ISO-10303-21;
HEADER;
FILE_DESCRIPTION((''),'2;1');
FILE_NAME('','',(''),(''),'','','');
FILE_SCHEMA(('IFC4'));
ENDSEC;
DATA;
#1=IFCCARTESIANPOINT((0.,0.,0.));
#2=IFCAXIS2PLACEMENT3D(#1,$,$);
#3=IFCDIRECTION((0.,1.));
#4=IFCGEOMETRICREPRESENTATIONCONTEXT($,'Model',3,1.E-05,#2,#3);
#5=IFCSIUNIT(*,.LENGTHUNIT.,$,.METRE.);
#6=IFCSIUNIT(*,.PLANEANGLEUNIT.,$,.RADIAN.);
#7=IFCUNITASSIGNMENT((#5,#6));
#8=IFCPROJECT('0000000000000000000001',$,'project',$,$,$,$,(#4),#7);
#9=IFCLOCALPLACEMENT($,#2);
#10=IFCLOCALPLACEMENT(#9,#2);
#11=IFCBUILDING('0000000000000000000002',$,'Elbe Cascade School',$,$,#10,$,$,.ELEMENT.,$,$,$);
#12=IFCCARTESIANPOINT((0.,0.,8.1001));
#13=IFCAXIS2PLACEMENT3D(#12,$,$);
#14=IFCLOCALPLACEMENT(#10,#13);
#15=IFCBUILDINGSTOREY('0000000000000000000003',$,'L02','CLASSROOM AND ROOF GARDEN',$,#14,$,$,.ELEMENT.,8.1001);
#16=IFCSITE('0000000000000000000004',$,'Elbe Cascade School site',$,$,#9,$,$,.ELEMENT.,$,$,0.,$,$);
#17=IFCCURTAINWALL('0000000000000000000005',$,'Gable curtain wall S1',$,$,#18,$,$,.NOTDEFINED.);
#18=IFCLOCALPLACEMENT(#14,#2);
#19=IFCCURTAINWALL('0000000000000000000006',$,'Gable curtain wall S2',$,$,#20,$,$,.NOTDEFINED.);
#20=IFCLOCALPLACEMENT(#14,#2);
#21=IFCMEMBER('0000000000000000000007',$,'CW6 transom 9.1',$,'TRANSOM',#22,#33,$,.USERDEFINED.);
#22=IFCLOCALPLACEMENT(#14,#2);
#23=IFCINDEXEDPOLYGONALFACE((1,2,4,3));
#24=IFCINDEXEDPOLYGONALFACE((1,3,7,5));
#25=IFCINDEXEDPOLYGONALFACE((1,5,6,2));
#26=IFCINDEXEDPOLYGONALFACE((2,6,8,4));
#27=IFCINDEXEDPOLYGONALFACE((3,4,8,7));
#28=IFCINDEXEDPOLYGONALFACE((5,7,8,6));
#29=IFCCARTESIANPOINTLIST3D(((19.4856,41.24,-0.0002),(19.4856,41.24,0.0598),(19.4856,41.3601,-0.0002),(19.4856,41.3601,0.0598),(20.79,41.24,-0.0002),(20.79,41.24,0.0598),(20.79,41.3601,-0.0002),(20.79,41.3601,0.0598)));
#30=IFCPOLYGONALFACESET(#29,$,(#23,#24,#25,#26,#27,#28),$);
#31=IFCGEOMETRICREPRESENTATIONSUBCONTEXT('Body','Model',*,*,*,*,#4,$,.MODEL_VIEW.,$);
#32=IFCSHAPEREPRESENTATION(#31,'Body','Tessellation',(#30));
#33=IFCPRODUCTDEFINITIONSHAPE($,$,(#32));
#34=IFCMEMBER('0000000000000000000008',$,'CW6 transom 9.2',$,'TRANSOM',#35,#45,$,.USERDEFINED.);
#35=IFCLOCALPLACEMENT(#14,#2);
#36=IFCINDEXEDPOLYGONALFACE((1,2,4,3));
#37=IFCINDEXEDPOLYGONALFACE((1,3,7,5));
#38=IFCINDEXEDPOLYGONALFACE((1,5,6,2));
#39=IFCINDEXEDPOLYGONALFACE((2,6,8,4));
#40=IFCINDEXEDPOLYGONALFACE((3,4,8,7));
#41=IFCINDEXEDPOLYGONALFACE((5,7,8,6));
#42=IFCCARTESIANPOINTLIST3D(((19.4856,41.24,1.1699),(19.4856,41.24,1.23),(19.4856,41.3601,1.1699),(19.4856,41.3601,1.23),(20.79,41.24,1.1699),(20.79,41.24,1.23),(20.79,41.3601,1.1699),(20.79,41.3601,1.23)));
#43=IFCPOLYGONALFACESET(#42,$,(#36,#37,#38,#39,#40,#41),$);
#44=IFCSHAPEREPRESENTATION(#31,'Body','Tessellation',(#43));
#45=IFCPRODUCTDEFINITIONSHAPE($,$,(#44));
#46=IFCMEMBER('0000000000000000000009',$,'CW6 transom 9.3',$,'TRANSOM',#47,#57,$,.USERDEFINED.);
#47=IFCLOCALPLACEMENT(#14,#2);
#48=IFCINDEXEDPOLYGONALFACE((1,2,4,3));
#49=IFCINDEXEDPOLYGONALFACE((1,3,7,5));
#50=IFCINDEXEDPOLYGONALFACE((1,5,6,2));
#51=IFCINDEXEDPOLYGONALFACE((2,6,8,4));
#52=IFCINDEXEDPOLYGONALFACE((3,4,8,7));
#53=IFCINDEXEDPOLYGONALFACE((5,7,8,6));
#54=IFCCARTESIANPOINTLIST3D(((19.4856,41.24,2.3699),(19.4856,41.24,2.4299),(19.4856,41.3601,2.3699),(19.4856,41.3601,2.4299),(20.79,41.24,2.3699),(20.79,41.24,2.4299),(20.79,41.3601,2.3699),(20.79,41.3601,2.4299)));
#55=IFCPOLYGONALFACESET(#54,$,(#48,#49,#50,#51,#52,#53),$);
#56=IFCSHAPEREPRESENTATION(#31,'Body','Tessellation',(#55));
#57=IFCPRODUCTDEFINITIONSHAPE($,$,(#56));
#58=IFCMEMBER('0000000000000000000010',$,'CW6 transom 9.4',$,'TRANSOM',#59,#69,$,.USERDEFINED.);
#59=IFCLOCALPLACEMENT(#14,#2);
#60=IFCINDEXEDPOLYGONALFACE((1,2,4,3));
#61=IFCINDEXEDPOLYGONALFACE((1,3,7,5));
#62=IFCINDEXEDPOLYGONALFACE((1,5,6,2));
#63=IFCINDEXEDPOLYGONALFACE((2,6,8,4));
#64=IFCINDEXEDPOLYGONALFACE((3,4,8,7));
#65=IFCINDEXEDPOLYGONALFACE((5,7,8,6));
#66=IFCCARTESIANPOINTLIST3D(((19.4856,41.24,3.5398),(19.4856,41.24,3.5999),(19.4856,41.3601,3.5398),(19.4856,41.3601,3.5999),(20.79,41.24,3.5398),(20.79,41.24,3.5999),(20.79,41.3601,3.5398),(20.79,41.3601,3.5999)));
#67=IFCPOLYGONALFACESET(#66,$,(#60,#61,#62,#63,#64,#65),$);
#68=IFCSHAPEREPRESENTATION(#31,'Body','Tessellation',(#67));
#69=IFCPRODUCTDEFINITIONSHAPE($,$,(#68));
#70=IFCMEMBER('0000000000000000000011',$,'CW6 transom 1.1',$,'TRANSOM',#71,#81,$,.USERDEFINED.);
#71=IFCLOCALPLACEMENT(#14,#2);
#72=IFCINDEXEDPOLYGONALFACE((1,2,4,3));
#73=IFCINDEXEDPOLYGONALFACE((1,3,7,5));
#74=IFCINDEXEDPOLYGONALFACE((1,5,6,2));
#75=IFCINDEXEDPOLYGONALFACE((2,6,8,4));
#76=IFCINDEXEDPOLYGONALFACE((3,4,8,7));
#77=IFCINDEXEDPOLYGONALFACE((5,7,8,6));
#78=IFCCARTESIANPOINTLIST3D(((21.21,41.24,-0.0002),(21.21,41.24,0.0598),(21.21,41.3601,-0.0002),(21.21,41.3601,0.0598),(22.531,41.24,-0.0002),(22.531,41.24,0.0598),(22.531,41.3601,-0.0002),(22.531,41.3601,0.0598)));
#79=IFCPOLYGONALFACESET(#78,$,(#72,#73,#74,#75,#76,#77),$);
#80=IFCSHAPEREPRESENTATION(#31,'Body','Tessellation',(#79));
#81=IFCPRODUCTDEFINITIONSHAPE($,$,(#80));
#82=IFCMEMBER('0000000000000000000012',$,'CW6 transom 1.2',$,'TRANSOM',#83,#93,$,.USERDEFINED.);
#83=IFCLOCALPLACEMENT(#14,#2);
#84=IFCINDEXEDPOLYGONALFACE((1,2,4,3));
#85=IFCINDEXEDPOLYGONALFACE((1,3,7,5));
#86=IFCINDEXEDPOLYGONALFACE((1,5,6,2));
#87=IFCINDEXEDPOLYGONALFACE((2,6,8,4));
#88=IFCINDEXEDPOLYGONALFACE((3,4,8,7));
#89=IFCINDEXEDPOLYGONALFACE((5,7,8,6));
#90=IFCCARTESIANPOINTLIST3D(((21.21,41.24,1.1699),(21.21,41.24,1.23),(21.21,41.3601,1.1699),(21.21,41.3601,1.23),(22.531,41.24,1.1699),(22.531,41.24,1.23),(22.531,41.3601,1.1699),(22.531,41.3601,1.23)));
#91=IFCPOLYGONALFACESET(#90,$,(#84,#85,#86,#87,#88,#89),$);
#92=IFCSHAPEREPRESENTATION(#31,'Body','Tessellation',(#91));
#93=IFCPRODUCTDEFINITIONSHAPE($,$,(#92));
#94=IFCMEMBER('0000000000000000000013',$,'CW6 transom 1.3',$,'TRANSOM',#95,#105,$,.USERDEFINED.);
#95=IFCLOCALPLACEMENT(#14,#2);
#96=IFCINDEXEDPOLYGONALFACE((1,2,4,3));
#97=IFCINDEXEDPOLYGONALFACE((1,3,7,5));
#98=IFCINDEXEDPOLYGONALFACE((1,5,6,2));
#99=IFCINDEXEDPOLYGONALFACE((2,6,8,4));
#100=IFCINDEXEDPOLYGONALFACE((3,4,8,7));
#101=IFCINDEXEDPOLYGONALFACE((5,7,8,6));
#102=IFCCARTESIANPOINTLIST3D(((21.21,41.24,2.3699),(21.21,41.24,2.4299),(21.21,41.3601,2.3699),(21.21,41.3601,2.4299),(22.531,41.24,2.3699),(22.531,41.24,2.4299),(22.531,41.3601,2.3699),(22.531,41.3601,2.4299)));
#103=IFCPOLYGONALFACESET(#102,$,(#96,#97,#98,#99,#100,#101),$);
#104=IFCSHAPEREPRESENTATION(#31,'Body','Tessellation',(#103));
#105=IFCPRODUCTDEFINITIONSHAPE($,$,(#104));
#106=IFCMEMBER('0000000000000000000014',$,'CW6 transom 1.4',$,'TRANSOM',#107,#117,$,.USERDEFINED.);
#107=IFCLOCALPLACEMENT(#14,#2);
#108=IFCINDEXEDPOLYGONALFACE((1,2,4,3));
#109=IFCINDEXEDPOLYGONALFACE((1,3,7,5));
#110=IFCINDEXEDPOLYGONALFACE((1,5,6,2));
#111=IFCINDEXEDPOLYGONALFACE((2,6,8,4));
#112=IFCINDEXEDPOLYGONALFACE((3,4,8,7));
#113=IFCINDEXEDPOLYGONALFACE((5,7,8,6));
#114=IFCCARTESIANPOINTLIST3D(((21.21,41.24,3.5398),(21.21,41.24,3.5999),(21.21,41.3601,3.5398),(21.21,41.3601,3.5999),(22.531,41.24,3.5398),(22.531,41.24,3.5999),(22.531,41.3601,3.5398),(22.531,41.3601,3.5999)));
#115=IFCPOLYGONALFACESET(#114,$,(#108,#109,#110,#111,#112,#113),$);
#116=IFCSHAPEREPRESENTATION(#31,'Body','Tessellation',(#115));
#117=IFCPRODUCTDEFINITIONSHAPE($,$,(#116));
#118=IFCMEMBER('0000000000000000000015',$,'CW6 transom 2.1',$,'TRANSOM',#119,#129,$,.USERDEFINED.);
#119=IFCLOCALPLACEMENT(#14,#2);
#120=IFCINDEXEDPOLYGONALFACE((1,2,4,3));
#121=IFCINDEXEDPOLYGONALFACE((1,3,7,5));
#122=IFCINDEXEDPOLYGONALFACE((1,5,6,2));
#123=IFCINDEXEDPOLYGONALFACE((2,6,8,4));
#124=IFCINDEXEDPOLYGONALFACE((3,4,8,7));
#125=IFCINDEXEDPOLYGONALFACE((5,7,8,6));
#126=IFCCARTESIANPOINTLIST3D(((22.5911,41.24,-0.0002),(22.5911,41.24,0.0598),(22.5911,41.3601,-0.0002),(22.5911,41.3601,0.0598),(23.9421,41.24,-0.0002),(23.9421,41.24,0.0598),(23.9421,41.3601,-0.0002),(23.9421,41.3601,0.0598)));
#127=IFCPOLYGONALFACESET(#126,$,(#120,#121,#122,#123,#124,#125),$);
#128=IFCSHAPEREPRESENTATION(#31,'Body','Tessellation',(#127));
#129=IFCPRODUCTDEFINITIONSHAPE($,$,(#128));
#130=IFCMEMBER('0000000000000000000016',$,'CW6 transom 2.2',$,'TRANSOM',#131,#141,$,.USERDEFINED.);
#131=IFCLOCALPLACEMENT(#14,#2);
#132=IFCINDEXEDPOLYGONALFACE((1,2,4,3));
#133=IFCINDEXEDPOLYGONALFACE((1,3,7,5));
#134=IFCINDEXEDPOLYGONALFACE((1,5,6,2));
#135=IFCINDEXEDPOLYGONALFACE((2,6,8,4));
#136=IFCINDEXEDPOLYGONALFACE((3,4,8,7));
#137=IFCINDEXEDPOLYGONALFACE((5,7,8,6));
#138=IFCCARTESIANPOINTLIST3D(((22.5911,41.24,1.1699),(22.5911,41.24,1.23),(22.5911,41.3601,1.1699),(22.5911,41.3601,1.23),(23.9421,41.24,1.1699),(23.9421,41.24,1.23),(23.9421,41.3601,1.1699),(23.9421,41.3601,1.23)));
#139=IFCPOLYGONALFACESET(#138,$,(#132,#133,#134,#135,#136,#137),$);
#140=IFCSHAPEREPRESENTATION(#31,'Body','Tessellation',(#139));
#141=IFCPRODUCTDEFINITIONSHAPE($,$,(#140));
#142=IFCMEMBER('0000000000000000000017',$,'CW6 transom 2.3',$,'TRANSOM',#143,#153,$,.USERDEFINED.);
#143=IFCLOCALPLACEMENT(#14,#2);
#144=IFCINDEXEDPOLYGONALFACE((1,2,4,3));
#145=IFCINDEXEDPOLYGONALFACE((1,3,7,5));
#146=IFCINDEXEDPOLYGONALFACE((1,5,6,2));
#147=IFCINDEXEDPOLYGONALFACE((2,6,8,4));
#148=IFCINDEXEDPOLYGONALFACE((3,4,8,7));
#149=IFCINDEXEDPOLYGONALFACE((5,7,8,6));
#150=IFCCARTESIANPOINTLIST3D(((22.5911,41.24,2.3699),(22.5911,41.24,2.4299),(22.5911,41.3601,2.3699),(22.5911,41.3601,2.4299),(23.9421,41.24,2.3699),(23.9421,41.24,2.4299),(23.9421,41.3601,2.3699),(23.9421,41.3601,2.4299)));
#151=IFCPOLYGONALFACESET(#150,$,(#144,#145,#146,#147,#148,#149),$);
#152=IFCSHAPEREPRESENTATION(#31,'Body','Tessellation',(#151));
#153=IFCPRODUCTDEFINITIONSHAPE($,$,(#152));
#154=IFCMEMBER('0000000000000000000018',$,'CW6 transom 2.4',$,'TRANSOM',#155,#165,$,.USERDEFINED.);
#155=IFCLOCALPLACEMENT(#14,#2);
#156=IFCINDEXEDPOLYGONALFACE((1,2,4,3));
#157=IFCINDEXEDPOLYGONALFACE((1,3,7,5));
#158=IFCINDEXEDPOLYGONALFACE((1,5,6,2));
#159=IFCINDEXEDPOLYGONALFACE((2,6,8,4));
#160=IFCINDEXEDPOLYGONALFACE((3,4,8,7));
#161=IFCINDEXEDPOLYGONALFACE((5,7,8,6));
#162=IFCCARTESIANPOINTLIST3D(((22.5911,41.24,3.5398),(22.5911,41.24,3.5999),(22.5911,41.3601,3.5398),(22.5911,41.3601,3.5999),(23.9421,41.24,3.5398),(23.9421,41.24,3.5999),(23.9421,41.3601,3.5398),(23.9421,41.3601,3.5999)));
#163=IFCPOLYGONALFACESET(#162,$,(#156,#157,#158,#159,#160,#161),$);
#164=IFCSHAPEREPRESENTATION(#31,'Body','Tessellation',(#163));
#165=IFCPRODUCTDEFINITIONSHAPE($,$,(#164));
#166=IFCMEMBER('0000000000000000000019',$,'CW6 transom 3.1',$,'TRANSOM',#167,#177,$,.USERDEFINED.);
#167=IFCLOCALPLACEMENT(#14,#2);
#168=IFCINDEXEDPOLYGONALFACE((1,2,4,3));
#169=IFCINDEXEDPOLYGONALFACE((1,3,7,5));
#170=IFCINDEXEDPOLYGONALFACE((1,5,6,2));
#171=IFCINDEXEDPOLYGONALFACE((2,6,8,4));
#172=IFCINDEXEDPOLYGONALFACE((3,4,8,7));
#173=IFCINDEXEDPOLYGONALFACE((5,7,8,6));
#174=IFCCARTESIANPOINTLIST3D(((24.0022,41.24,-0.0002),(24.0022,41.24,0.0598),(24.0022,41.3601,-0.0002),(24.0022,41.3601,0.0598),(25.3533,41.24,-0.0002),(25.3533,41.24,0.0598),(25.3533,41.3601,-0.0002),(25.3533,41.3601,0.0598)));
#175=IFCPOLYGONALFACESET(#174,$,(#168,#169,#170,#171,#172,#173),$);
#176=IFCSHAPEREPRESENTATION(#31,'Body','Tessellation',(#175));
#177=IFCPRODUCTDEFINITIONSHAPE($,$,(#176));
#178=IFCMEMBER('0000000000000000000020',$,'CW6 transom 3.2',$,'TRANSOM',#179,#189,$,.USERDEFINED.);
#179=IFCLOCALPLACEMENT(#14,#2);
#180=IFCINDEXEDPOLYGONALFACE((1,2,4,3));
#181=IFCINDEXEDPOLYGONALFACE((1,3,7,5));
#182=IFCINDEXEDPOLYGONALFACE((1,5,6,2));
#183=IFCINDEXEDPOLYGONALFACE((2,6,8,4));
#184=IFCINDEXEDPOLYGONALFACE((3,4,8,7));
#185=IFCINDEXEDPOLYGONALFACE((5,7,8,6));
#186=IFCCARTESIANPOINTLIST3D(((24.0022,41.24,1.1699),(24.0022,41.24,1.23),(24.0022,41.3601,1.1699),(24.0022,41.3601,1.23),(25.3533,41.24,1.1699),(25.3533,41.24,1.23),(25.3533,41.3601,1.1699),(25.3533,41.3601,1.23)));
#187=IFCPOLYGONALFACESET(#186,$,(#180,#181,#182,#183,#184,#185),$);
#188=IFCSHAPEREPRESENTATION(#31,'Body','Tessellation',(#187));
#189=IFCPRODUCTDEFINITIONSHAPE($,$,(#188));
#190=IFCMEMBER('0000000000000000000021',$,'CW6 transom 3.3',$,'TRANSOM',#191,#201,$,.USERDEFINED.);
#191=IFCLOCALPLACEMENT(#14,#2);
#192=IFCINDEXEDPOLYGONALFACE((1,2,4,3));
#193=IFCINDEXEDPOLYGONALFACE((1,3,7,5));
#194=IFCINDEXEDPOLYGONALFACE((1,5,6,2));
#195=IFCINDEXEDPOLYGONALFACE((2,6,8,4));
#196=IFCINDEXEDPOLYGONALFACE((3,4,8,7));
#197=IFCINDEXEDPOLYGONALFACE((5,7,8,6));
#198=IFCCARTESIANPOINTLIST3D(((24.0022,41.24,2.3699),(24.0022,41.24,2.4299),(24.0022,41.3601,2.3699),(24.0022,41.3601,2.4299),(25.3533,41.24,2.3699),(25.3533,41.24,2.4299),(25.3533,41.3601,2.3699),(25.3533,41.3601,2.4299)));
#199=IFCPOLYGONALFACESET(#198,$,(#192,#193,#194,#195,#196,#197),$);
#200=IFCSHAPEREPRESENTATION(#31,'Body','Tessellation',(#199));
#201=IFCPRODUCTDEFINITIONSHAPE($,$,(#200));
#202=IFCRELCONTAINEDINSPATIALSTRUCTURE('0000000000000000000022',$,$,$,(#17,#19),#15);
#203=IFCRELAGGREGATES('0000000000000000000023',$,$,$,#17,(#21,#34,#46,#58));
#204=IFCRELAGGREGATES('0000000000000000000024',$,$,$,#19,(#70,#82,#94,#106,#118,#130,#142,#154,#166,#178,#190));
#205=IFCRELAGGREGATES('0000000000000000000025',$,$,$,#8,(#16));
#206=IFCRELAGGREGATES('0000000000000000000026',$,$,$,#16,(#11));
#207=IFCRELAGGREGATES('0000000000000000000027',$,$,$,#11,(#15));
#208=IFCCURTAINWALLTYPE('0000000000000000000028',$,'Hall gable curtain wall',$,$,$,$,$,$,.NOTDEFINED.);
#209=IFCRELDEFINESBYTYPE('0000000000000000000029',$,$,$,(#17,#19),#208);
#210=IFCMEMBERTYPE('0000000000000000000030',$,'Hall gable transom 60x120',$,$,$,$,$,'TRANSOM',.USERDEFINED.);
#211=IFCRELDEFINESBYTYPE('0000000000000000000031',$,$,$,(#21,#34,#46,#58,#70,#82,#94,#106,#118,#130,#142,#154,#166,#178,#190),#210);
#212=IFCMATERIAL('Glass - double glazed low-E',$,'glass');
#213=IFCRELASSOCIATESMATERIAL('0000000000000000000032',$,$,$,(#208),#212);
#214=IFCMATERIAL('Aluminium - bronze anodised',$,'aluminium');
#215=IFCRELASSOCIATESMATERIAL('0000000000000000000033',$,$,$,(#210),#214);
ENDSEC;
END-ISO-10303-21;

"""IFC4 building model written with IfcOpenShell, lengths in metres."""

from ifc_helpers import new_model, si_unit, direction, frame, origin, origin_2d, place, context, subcontext, project, spatial, rectangle, extrude, material, material_profile, profile_set, type_object, element, aggregate, save


model = new_model("IFC4")

# Units and contexts
model_context = context("Model", 3, precision=1e-05, world=origin(), true_north=direction((0.0, 1.0)))
body_context = subcontext(model_context, "Body", "Model", "MODEL_VIEW")
ifc_project = project(units=[si_unit("LENGTHUNIT", "METRE"), si_unit("PLANEANGLEUNIT", "RADIAN")], contexts=[model_context])

# Site, building, storey
site_placement = place(None, origin())
site = spatial("IfcSite", under=ifc_project, at=site_placement, Name="Elbe Cascade School site", CompositionType="ELEMENT", RefElevation=0.0)
building_placement = place(site_placement, origin())
building = spatial("IfcBuilding", under=site, at=building_placement, Name="Elbe Cascade School", CompositionType="ELEMENT")
storey_placement = place(building_placement, frame((0.0, 0.0, 8.1001)))
storey = spatial("IfcBuildingStorey", under=building, at=storey_placement, Name="L02", Description="CLASSROOM AND ROOF GARDEN", CompositionType="ELEMENT", Elevation=8.1001)

# Curtain walls
ifc_material_1 = material(Name="Glass - double glazed low-E", Category="glass")
curtain_wall_type = type_object("IfcCurtainWallType", Name="Hall gable curtain wall", PredefinedType="NOTDEFINED", material=ifc_material_1)
curtain_wall_1_placement = place(storey_placement, origin())
curtain_wall_1 = element("IfcCurtainWall", 1, at=curtain_wall_1_placement, inside=storey, type_object=curtain_wall_type, Name="Gable curtain wall S1", PredefinedType="NOTDEFINED")
curtain_wall_2_placement = place(storey_placement, origin())
curtain_wall_2 = element("IfcCurtainWall", 2, at=curtain_wall_2_placement, inside=storey, type_object=curtain_wall_type, Name="Gable curtain wall S2", PredefinedType="NOTDEFINED")

# Members
ifc_material_2 = material(Name="Aluminium - bronze anodised", Category="aluminium")
ifc_material_profile_1 = material_profile(ifc_material_2, rectangle(XDim=0.1201, YDim=0.0601, at=origin_2d()), Name="Alu 60x120")
ifc_profile_set_1 = profile_set([ifc_material_profile_1], Name="Aluminium - bronze anodised")
member_type_1 = type_object("IfcMemberType", Name="Hall gable transom 60x120", ElementType="TRANSOM", PredefinedType="USERDEFINED", material=ifc_profile_set_1)
member_1_placement = place(storey_placement, frame((19.4856, 41.3, 0.0298), z_axis=(1.0, 0.0, 0.0), x_axis=(0.0, 1.0, 0.0)))
member_1 = element("IfcMember", 3, at=member_1_placement, type_object=member_type_1, Name="CW6 transom 9.1", ObjectType="TRANSOM", PredefinedType="USERDEFINED", context=body_context, shape_type="SweptSolid", body=[
    extrude(rectangle(XDim=0.1201, YDim=0.0601, at=origin_2d()), origin(), (0.0, 0.0, 1.0), 1.3044),
])
member_2_placement = place(storey_placement, frame((19.4856, 41.3, 1.2), z_axis=(1.0, 0.0, 0.0), x_axis=(0.0, 1.0, 0.0)))
member_2 = element("IfcMember", 4, at=member_2_placement, type_object=member_type_1, Name="CW6 transom 9.2", ObjectType="TRANSOM", PredefinedType="USERDEFINED", context=body_context, shape_type="SweptSolid", body=[
    extrude(rectangle(XDim=0.1201, YDim=0.0601, at=origin_2d()), origin(), (0.0, 0.0, 1.0), 1.3044),
])
member_3_placement = place(storey_placement, frame((19.4856, 41.3, 2.3999), z_axis=(1.0, 0.0, 0.0), x_axis=(0.0, 1.0, 0.0)))
member_3 = element("IfcMember", 5, at=member_3_placement, type_object=member_type_1, Name="CW6 transom 9.3", ObjectType="TRANSOM", PredefinedType="USERDEFINED", context=body_context, shape_type="SweptSolid", body=[
    extrude(rectangle(XDim=0.1201, YDim=0.0601, at=origin_2d()), origin(), (0.0, 0.0, 1.0), 1.3044),
])
member_4_placement = place(storey_placement, frame((19.4856, 41.3, 3.5698), z_axis=(1.0, 0.0, 0.0), x_axis=(0.0, 1.0, 0.0)))
member_4 = element("IfcMember", 6, at=member_4_placement, type_object=member_type_1, Name="CW6 transom 9.4", ObjectType="TRANSOM", PredefinedType="USERDEFINED", context=body_context, shape_type="SweptSolid", body=[
    extrude(rectangle(XDim=0.1201, YDim=0.0601, at=origin_2d()), origin(), (0.0, 0.0, 1.0), 1.3044),
])
member_5_placement = place(storey_placement, frame((21.21, 41.3, 0.0298), z_axis=(1.0, 0.0, 0.0), x_axis=(0.0, 1.0, 0.0)))
member_5 = element("IfcMember", 7, at=member_5_placement, type_object=member_type_1, Name="CW6 transom 1.1", ObjectType="TRANSOM", PredefinedType="USERDEFINED", context=body_context, shape_type="SweptSolid", body=[
    extrude(rectangle(XDim=0.1201, YDim=0.0601, at=origin_2d()), origin(), (0.0, 0.0, 1.0), 1.321),
])
member_6_placement = place(storey_placement, frame((21.21, 41.3, 1.2), z_axis=(1.0, 0.0, 0.0), x_axis=(0.0, 1.0, 0.0)))
member_6 = element("IfcMember", 8, at=member_6_placement, type_object=member_type_1, Name="CW6 transom 1.2", ObjectType="TRANSOM", PredefinedType="USERDEFINED", context=body_context, shape_type="SweptSolid", body=[
    extrude(rectangle(XDim=0.1201, YDim=0.0601, at=origin_2d()), origin(), (0.0, 0.0, 1.0), 1.321),
])
member_7_placement = place(storey_placement, frame((21.21, 41.3, 2.3999), z_axis=(1.0, 0.0, 0.0), x_axis=(0.0, 1.0, 0.0)))
member_7 = element("IfcMember", 9, at=member_7_placement, type_object=member_type_1, Name="CW6 transom 1.3", ObjectType="TRANSOM", PredefinedType="USERDEFINED", context=body_context, shape_type="SweptSolid", body=[
    extrude(rectangle(XDim=0.1201, YDim=0.0601, at=origin_2d()), origin(), (0.0, 0.0, 1.0), 1.321),
])
member_8_placement = place(storey_placement, frame((21.21, 41.3, 3.5698), z_axis=(1.0, 0.0, 0.0), x_axis=(0.0, 1.0, 0.0)))
member_8 = element("IfcMember", 10, at=member_8_placement, type_object=member_type_1, Name="CW6 transom 1.4", ObjectType="TRANSOM", PredefinedType="USERDEFINED", context=body_context, shape_type="SweptSolid", body=[
    extrude(rectangle(XDim=0.1201, YDim=0.0601, at=origin_2d()), origin(), (0.0, 0.0, 1.0), 1.321),
])
member_9_placement = place(storey_placement, frame((22.5911, 41.3, 0.0298), z_axis=(1.0, 0.0, 0.0), x_axis=(0.0, 1.0, 0.0)))
member_9 = element("IfcMember", 11, at=member_9_placement, type_object=member_type_1, Name="CW6 transom 2.1", ObjectType="TRANSOM", PredefinedType="USERDEFINED", context=body_context, shape_type="SweptSolid", body=[
    extrude(rectangle(XDim=0.1201, YDim=0.0601, at=origin_2d()), origin(), (0.0, 0.0, 1.0), 1.3511),
])
member_10_placement = place(storey_placement, frame((22.5911, 41.3, 1.2), z_axis=(1.0, 0.0, 0.0), x_axis=(0.0, 1.0, 0.0)))
member_10 = element("IfcMember", 12, at=member_10_placement, type_object=member_type_1, Name="CW6 transom 2.2", ObjectType="TRANSOM", PredefinedType="USERDEFINED", context=body_context, shape_type="SweptSolid", body=[
    extrude(rectangle(XDim=0.1201, YDim=0.0601, at=origin_2d()), origin(), (0.0, 0.0, 1.0), 1.3511),
])
member_11_placement = place(storey_placement, frame((22.5911, 41.3, 2.3999), z_axis=(1.0, 0.0, 0.0), x_axis=(0.0, 1.0, 0.0)))
member_11 = element("IfcMember", 13, at=member_11_placement, type_object=member_type_1, Name="CW6 transom 2.3", ObjectType="TRANSOM", PredefinedType="USERDEFINED", context=body_context, shape_type="SweptSolid", body=[
    extrude(rectangle(XDim=0.1201, YDim=0.0601, at=origin_2d()), origin(), (0.0, 0.0, 1.0), 1.3511),
])
member_12_placement = place(storey_placement, frame((22.5911, 41.3, 3.5698), z_axis=(1.0, 0.0, 0.0), x_axis=(0.0, 1.0, 0.0)))
member_12 = element("IfcMember", 14, at=member_12_placement, type_object=member_type_1, Name="CW6 transom 2.4", ObjectType="TRANSOM", PredefinedType="USERDEFINED", context=body_context, shape_type="SweptSolid", body=[
    extrude(rectangle(XDim=0.1201, YDim=0.0601, at=origin_2d()), origin(), (0.0, 0.0, 1.0), 1.3511),
])
member_13_placement = place(storey_placement, frame((24.0022, 41.3, 0.0298), z_axis=(1.0, 0.0, 0.0), x_axis=(0.0, 1.0, 0.0)))
member_13 = element("IfcMember", 15, at=member_13_placement, type_object=member_type_1, Name="CW6 transom 3.1", ObjectType="TRANSOM", PredefinedType="USERDEFINED", context=body_context, shape_type="SweptSolid", body=[
    extrude(rectangle(XDim=0.1201, YDim=0.0601, at=origin_2d()), origin(), (0.0, 0.0, 1.0), 1.3511),
])
member_14_placement = place(storey_placement, frame((24.0022, 41.3, 1.2), z_axis=(1.0, 0.0, 0.0), x_axis=(0.0, 1.0, 0.0)))
member_14 = element("IfcMember", 16, at=member_14_placement, type_object=member_type_1, Name="CW6 transom 3.2", ObjectType="TRANSOM", PredefinedType="USERDEFINED", context=body_context, shape_type="SweptSolid", body=[
    extrude(rectangle(XDim=0.1201, YDim=0.0601, at=origin_2d()), origin(), (0.0, 0.0, 1.0), 1.3511),
])
member_15_placement = place(storey_placement, frame((24.0022, 41.3, 2.3999), z_axis=(1.0, 0.0, 0.0), x_axis=(0.0, 1.0, 0.0)))
member_15 = element("IfcMember", 17, at=member_15_placement, type_object=member_type_1, Name="CW6 transom 3.3", ObjectType="TRANSOM", PredefinedType="USERDEFINED", context=body_context, shape_type="SweptSolid", body=[
    extrude(rectangle(XDim=0.1201, YDim=0.0601, at=origin_2d()), origin(), (0.0, 0.0, 1.0), 1.3511),
])

aggregate(curtain_wall_1, [member_1, member_2, member_3, member_4])
aggregate(curtain_wall_2, [member_5, member_6, member_7, member_8, member_9, member_10, member_11, member_12, member_13, member_14, member_15])

save(model, "model.ifc")
